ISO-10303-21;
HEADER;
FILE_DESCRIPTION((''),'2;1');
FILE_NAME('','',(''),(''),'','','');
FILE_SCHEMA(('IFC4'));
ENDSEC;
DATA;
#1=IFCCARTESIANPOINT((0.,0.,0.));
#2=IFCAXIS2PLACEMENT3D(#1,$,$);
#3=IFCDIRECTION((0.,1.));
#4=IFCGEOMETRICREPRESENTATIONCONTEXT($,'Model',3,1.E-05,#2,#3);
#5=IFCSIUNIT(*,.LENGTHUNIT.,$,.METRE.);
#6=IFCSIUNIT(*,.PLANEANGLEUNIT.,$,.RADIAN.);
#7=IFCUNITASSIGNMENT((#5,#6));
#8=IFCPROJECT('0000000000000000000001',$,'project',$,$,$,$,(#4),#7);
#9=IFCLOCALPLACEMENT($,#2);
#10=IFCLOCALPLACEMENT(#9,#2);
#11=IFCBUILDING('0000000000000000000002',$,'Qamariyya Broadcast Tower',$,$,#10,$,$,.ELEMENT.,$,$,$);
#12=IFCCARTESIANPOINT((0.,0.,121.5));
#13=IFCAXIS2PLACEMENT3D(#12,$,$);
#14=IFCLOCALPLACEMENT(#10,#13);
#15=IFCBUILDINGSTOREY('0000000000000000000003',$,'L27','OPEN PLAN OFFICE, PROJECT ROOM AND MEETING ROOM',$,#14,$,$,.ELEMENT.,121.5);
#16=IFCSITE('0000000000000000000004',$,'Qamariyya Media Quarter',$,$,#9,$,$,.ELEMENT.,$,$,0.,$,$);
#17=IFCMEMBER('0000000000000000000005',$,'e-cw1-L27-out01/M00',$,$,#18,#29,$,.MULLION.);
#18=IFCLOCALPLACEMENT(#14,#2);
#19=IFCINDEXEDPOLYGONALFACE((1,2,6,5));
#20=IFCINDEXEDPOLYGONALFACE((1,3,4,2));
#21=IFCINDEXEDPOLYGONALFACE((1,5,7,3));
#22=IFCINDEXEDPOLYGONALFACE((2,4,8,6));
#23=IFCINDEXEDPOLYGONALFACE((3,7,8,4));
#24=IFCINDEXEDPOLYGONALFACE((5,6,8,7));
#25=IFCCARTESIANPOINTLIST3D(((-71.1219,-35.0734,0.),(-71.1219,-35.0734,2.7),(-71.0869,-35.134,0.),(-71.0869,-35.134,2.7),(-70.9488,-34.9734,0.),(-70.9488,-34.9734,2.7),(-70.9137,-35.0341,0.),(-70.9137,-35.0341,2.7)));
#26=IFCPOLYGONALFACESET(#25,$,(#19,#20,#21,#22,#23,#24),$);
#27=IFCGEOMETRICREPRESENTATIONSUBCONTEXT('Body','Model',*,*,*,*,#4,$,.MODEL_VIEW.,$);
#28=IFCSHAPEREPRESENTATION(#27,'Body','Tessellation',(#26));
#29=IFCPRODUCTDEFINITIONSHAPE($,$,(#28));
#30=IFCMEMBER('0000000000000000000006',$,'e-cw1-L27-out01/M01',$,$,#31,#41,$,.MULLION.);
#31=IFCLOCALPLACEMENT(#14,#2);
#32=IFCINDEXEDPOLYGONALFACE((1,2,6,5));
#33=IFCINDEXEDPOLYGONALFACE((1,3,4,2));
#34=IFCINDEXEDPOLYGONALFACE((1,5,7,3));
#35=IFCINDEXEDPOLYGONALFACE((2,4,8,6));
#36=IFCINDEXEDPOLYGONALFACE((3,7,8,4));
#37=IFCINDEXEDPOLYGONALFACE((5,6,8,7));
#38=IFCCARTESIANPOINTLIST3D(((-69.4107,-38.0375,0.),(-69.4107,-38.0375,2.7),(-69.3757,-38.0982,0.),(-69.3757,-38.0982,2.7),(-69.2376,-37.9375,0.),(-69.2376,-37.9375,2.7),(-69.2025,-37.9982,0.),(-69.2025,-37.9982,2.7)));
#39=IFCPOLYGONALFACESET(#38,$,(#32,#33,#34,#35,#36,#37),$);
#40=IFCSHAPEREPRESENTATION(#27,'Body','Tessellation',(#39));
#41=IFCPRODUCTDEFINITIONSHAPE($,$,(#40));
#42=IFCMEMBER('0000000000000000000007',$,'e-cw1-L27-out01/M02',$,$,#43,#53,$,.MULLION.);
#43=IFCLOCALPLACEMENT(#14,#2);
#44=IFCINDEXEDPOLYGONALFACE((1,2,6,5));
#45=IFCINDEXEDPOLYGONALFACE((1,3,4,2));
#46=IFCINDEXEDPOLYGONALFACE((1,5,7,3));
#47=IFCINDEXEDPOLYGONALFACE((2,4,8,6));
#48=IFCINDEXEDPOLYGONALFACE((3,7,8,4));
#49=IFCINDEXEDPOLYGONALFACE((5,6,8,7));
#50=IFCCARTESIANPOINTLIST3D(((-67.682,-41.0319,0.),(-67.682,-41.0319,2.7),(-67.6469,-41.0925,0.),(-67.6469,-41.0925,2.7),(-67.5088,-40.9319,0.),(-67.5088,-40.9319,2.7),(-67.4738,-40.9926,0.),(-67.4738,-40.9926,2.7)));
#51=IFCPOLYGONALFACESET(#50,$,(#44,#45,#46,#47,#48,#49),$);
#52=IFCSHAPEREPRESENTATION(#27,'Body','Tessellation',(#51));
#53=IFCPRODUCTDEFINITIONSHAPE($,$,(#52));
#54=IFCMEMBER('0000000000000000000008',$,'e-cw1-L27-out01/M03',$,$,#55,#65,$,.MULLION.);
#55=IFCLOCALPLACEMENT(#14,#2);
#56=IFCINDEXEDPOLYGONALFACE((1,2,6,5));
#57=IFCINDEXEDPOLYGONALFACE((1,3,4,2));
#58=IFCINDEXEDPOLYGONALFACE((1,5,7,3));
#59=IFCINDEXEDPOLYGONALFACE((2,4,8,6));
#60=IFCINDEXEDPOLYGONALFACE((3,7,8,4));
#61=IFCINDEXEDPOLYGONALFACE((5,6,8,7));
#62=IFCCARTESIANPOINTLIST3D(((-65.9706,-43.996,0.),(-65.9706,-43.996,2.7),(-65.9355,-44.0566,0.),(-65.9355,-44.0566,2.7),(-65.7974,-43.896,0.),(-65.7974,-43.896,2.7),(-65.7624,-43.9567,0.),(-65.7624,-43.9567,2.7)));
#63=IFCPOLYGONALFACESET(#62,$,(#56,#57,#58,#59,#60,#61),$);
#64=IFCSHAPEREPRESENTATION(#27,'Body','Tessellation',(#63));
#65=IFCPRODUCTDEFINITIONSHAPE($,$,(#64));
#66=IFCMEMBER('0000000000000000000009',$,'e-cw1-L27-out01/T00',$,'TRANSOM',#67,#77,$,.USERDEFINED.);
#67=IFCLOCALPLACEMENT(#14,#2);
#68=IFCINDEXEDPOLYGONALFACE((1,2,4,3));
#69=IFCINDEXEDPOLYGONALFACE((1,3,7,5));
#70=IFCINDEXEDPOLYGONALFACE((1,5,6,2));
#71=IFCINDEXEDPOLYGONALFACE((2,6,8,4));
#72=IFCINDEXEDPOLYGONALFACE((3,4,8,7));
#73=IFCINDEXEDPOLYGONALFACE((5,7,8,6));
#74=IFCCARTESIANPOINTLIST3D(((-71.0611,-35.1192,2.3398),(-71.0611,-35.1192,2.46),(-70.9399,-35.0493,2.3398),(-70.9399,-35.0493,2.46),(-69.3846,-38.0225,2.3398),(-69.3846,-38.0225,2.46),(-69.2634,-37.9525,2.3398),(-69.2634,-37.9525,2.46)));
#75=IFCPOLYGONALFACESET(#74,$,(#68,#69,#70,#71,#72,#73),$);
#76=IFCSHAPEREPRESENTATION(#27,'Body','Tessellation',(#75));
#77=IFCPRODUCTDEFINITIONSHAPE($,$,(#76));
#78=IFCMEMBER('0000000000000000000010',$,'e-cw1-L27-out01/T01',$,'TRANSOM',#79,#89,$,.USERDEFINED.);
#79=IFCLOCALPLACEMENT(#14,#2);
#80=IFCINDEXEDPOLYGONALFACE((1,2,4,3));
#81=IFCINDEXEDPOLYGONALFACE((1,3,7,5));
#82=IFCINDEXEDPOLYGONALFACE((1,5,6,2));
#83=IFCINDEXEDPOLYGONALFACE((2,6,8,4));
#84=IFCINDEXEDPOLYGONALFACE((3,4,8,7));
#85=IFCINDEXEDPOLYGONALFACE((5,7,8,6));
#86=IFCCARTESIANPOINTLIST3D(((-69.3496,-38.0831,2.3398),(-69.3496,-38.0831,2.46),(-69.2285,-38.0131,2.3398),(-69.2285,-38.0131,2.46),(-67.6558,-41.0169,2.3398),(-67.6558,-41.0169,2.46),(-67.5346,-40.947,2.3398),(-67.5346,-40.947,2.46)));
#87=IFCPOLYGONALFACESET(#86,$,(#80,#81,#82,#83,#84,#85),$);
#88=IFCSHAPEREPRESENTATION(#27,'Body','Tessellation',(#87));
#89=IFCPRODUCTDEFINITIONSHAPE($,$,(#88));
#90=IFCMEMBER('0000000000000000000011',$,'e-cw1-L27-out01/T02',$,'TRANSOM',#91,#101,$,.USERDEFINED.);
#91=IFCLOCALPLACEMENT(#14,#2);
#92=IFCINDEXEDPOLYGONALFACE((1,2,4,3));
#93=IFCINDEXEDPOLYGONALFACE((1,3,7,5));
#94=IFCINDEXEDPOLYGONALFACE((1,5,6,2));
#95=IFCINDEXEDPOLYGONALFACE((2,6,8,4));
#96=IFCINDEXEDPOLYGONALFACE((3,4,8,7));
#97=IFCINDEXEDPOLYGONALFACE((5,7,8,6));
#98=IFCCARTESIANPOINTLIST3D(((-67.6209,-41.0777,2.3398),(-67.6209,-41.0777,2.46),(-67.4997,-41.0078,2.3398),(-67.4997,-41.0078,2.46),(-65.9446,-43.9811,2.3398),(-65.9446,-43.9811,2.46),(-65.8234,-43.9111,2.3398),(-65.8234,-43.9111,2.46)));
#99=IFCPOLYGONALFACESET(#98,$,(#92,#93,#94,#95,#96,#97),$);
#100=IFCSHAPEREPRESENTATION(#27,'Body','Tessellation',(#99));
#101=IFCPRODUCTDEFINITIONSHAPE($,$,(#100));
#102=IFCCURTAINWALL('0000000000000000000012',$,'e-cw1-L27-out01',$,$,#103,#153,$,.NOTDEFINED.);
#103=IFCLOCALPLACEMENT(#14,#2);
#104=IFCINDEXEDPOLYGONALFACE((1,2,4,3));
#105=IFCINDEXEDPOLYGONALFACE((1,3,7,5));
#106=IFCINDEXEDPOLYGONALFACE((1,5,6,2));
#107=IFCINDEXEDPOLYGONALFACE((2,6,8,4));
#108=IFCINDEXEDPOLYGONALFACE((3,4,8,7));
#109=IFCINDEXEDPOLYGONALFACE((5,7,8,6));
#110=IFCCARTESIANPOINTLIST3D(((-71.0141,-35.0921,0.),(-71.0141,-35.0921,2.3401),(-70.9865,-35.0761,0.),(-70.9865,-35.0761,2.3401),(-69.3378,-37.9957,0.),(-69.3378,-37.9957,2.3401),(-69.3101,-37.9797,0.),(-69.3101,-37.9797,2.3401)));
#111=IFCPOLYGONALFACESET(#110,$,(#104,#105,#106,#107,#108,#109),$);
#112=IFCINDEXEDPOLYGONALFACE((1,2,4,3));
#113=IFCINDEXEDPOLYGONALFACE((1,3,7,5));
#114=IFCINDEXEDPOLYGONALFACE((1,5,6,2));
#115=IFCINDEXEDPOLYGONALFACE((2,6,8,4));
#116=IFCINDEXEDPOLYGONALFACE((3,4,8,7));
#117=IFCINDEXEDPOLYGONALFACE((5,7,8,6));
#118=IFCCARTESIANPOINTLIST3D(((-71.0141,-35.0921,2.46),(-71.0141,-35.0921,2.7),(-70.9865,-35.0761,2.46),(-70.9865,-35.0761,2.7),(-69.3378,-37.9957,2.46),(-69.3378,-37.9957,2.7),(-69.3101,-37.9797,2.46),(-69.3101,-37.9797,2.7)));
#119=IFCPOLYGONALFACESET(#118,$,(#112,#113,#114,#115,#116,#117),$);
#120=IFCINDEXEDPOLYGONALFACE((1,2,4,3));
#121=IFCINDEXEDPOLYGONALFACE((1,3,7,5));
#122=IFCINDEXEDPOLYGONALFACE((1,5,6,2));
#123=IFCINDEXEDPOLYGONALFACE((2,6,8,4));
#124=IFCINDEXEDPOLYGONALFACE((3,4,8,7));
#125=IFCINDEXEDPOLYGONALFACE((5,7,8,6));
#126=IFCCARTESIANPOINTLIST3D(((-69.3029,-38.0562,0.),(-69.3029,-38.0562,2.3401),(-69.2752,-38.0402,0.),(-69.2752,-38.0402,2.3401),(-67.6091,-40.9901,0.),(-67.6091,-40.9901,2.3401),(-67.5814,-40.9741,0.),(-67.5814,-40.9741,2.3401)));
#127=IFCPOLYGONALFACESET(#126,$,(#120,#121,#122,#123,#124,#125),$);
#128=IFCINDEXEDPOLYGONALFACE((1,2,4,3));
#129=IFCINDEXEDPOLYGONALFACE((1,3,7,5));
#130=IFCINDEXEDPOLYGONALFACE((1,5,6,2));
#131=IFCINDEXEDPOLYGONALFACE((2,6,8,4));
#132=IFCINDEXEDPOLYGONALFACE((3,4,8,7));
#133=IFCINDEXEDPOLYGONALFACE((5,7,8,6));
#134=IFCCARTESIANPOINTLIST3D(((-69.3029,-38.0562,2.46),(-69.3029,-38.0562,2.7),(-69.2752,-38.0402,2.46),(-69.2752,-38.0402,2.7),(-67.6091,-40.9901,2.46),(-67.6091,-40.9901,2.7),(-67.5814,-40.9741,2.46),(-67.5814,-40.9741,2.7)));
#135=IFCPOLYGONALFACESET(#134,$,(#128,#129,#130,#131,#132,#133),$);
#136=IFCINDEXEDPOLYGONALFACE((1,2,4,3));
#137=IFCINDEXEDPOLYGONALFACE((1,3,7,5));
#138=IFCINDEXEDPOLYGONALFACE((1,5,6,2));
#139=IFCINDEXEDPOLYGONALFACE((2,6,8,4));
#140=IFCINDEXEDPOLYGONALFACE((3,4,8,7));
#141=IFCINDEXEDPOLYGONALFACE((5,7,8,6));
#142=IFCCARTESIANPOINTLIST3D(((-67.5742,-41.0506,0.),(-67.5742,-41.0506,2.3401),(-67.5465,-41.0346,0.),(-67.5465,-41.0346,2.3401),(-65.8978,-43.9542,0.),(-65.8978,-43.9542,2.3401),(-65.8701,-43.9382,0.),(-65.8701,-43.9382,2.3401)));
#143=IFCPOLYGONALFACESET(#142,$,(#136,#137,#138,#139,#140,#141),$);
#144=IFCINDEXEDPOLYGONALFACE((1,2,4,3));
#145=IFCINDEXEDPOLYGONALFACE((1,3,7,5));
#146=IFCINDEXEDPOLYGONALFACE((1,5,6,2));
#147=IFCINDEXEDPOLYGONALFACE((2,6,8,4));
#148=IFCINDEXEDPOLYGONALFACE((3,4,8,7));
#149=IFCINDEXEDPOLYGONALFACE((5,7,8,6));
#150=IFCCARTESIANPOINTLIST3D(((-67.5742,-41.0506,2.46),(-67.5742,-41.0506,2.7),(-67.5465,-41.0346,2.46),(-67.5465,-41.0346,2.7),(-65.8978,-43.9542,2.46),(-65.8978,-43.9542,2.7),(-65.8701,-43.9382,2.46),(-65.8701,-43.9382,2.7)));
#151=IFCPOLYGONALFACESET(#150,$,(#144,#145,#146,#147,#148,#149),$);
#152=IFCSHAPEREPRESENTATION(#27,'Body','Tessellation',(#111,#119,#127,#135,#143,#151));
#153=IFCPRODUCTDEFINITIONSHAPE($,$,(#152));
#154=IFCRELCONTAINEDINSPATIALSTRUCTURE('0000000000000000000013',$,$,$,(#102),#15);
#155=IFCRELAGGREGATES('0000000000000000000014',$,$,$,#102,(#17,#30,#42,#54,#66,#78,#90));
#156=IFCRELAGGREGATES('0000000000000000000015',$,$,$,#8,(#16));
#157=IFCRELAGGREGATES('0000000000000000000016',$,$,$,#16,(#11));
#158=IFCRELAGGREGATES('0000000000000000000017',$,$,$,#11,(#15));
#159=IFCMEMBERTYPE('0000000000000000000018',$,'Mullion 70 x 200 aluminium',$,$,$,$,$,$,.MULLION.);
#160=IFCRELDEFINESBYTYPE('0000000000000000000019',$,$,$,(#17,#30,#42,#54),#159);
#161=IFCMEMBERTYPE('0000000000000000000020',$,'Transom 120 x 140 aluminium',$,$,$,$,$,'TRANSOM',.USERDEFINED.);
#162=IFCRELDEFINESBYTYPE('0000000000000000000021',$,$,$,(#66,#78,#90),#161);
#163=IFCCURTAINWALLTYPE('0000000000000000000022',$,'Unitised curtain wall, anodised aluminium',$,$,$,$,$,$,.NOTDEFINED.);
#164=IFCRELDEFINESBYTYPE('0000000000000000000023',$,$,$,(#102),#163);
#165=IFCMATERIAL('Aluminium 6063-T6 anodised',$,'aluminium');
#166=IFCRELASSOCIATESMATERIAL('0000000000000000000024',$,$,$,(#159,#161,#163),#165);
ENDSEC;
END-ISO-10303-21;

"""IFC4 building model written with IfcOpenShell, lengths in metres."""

from ifc_helpers import new_model, si_unit, direction, frame, origin, origin_2d, place, context, subcontext, project, spatial, rectangle, extrude, material, material_profile, profile_set, type_object, element, aggregate, save


model = new_model("IFC4")

# Units and contexts
model_context = context("Model", 3, precision=1e-05, world=origin(), true_north=direction((0.0, 1.0)))
body_context = subcontext(model_context, "Body", "Model", "MODEL_VIEW")
ifc_project = project(units=[si_unit("LENGTHUNIT", "METRE"), si_unit("PLANEANGLEUNIT", "RADIAN")], contexts=[model_context])

# Members
ifc_material = material(Name="Aluminium 6063-T6 anodised", Category="aluminium")
ifc_material_profile_1 = material_profile(ifc_material, rectangle(XDim=0.2, YDim=0.0701, at=origin_2d()))
ifc_profile_set_1 = profile_set([ifc_material_profile_1], Name="Aluminium 6063-T6 anodised")
member_type_1 = type_object("IfcMemberType", Name="Mullion 70 x 200 aluminium", PredefinedType="MULLION", material=ifc_profile_set_1)
site_placement = place(None, origin())
building_placement = place(site_placement, origin())
storey_placement = place(building_placement, frame((0.0, 0.0, 121.5)))
member_1_placement = place(storey_placement, frame((-71.0178, -35.0537, 0.0), z_axis=(0.0, 0.0, 1.0), x_axis=(0.866025, 0.5, 0.0)))
member_1 = element("IfcMember", 1, at=member_1_placement, type_object=member_type_1, Name="e-cw1-L27-out01/M00", PredefinedType="MULLION", context=body_context, shape_type="SweptSolid", body=[
    extrude(rectangle(XDim=0.2, YDim=0.0701, at=origin_2d()), origin(), (0.0, 0.0, 1.0), 2.7),
])
member_2_placement = place(storey_placement, frame((-69.3066, -38.0178, 0.0), z_axis=(0.0, 0.0, 1.0), x_axis=(0.866025, 0.5, 0.0)))
member_2 = element("IfcMember", 2, at=member_2_placement, type_object=member_type_1, Name="e-cw1-L27-out01/M01", PredefinedType="MULLION", context=body_context, shape_type="SweptSolid", body=[
    extrude(rectangle(XDim=0.2, YDim=0.0701, at=origin_2d()), origin(), (0.0, 0.0, 1.0), 2.7),
])
member_3_placement = place(storey_placement, frame((-67.5779, -41.0122, 0.0), z_axis=(0.0, 0.0, 1.0), x_axis=(0.866025, 0.5, 0.0)))
member_3 = element("IfcMember", 3, at=member_3_placement, type_object=member_type_1, Name="e-cw1-L27-out01/M02", PredefinedType="MULLION", context=body_context, shape_type="SweptSolid", body=[
    extrude(rectangle(XDim=0.2, YDim=0.0701, at=origin_2d()), origin(), (0.0, 0.0, 1.0), 2.7),
])
member_4_placement = place(storey_placement, frame((-65.8665, -43.9763, 0.0), z_axis=(0.0, 0.0, 1.0), x_axis=(0.866025, 0.5, 0.0)))
member_4 = element("IfcMember", 4, at=member_4_placement, type_object=member_type_1, Name="e-cw1-L27-out01/M03", PredefinedType="MULLION", context=body_context, shape_type="SweptSolid", body=[
    extrude(rectangle(XDim=0.2, YDim=0.0701, at=origin_2d()), origin(), (0.0, 0.0, 1.0), 2.7),
])
ifc_material_profile_2 = material_profile(ifc_material, rectangle(XDim=0.1399, YDim=0.1201, at=origin_2d()))
ifc_profile_set_2 = profile_set([ifc_material_profile_2], Name="Aluminium 6063-T6 anodised")
member_type_2 = type_object("IfcMemberType", Name="Transom 120 x 140 aluminium", ElementType="TRANSOM", PredefinedType="USERDEFINED", material=ifc_profile_set_2)
member_5_placement = place(storey_placement, frame((-71.0005, -35.0842, 2.3999), z_axis=(0.500063, -0.865989, 0.0), x_axis=(0.865989, 0.500063, 0.0)))
member_5 = element("IfcMember", 5, at=member_5_placement, type_object=member_type_2, Name="e-cw1-L27-out01/T00", ObjectType="TRANSOM", PredefinedType="USERDEFINED", context=body_context, shape_type="SweptSolid", body=[
    extrude(rectangle(XDim=0.1399, YDim=0.1201, at=origin_2d()), origin(), (0.0, 0.0, 1.0), 3.3525),
])
member_6_placement = place(storey_placement, frame((-69.2891, -38.0481, 2.3999), z_axis=(0.499999, -0.866026, 0.0), x_axis=(0.866026, 0.499999, 0.0)))
member_6 = element("IfcMember", 6, at=member_6_placement, type_object=member_type_2, Name="e-cw1-L27-out01/T01", ObjectType="TRANSOM", PredefinedType="USERDEFINED", context=body_context, shape_type="SweptSolid", body=[
    extrude(rectangle(XDim=0.1399, YDim=0.1201, at=origin_2d()), origin(), (0.0, 0.0, 1.0), 3.3877),
])
member_7_placement = place(storey_placement, frame((-67.5603, -41.0427, 2.3999), z_axis=(0.500008, -0.866021, 0.0), x_axis=(0.866021, 0.500008, 0.0)))
member_7 = element("IfcMember", 7, at=member_7_placement, type_object=member_type_2, Name="e-cw1-L27-out01/T02", ObjectType="TRANSOM", PredefinedType="USERDEFINED", context=body_context, shape_type="SweptSolid", body=[
    extrude(rectangle(XDim=0.1399, YDim=0.1201, at=origin_2d()), origin(), (0.0, 0.0, 1.0), 3.3525),
])

# Site, building, storey
site = spatial("IfcSite", under=ifc_project, at=site_placement, Name="Qamariyya Media Quarter", CompositionType="ELEMENT", RefElevation=0.0)
building = spatial("IfcBuilding", under=site, at=building_placement, Name="Qamariyya Broadcast Tower", CompositionType="ELEMENT")
storey = spatial("IfcBuildingStorey", under=building, at=storey_placement, Name="L27", Description="OPEN PLAN OFFICE, PROJECT ROOM AND MEETING ROOM", CompositionType="ELEMENT", Elevation=121.5)

# Curtain wall
curtain_wall_type = type_object("IfcCurtainWallType", Name="Unitised curtain wall, anodised aluminium", PredefinedType="NOTDEFINED", material=ifc_material)
curtain_wall_1_placement = place(storey_placement, origin())
curtain_wall_1 = element("IfcCurtainWall", 8, at=curtain_wall_1_placement, inside=storey, type_object=curtain_wall_type, Name="e-cw1-L27-out01", PredefinedType="NOTDEFINED", context=body_context, shape_type="SweptSolid", body=[
    extrude(rectangle(XDim=3.3528, YDim=0.032, at=origin_2d()), frame((-70.1621, -36.5359, 0.0), x_axis=(0.499997, -0.866027, 0.0)), (0.0, 0.0, 1.0), 2.3401),
    extrude(rectangle(XDim=3.3528, YDim=0.032, at=origin_2d()), frame((-70.1621, -36.5359, 2.46), x_axis=(0.499997, -0.866027, 0.0)), (0.0, 0.0, 1.0), 0.24),
    extrude(rectangle(XDim=3.3877, YDim=0.032, at=origin_2d()), frame((-68.4421, -39.5151, 0.0), x_axis=(0.499997, -0.866027, 0.0)), (0.0, 0.0, 1.0), 2.3401),
    extrude(rectangle(XDim=3.3877, YDim=0.032, at=origin_2d()), frame((-68.4421, -39.5151, 2.46), x_axis=(0.499997, -0.866027, 0.0)), (0.0, 0.0, 1.0), 0.24),
    extrude(rectangle(XDim=3.3528, YDim=0.032, at=origin_2d()), frame((-66.7222, -42.4944, 0.0), x_axis=(0.499997, -0.866027, 0.0)), (0.0, 0.0, 1.0), 2.3401),
    extrude(rectangle(XDim=3.3528, YDim=0.032, at=origin_2d()), frame((-66.7222, -42.4944, 2.46), x_axis=(0.499997, -0.866027, 0.0)), (0.0, 0.0, 1.0), 0.24),
])
aggregate(curtain_wall_1, [member_1, member_2, member_3, member_4, member_5, member_6, member_7])

save(model, "model.ifc")
